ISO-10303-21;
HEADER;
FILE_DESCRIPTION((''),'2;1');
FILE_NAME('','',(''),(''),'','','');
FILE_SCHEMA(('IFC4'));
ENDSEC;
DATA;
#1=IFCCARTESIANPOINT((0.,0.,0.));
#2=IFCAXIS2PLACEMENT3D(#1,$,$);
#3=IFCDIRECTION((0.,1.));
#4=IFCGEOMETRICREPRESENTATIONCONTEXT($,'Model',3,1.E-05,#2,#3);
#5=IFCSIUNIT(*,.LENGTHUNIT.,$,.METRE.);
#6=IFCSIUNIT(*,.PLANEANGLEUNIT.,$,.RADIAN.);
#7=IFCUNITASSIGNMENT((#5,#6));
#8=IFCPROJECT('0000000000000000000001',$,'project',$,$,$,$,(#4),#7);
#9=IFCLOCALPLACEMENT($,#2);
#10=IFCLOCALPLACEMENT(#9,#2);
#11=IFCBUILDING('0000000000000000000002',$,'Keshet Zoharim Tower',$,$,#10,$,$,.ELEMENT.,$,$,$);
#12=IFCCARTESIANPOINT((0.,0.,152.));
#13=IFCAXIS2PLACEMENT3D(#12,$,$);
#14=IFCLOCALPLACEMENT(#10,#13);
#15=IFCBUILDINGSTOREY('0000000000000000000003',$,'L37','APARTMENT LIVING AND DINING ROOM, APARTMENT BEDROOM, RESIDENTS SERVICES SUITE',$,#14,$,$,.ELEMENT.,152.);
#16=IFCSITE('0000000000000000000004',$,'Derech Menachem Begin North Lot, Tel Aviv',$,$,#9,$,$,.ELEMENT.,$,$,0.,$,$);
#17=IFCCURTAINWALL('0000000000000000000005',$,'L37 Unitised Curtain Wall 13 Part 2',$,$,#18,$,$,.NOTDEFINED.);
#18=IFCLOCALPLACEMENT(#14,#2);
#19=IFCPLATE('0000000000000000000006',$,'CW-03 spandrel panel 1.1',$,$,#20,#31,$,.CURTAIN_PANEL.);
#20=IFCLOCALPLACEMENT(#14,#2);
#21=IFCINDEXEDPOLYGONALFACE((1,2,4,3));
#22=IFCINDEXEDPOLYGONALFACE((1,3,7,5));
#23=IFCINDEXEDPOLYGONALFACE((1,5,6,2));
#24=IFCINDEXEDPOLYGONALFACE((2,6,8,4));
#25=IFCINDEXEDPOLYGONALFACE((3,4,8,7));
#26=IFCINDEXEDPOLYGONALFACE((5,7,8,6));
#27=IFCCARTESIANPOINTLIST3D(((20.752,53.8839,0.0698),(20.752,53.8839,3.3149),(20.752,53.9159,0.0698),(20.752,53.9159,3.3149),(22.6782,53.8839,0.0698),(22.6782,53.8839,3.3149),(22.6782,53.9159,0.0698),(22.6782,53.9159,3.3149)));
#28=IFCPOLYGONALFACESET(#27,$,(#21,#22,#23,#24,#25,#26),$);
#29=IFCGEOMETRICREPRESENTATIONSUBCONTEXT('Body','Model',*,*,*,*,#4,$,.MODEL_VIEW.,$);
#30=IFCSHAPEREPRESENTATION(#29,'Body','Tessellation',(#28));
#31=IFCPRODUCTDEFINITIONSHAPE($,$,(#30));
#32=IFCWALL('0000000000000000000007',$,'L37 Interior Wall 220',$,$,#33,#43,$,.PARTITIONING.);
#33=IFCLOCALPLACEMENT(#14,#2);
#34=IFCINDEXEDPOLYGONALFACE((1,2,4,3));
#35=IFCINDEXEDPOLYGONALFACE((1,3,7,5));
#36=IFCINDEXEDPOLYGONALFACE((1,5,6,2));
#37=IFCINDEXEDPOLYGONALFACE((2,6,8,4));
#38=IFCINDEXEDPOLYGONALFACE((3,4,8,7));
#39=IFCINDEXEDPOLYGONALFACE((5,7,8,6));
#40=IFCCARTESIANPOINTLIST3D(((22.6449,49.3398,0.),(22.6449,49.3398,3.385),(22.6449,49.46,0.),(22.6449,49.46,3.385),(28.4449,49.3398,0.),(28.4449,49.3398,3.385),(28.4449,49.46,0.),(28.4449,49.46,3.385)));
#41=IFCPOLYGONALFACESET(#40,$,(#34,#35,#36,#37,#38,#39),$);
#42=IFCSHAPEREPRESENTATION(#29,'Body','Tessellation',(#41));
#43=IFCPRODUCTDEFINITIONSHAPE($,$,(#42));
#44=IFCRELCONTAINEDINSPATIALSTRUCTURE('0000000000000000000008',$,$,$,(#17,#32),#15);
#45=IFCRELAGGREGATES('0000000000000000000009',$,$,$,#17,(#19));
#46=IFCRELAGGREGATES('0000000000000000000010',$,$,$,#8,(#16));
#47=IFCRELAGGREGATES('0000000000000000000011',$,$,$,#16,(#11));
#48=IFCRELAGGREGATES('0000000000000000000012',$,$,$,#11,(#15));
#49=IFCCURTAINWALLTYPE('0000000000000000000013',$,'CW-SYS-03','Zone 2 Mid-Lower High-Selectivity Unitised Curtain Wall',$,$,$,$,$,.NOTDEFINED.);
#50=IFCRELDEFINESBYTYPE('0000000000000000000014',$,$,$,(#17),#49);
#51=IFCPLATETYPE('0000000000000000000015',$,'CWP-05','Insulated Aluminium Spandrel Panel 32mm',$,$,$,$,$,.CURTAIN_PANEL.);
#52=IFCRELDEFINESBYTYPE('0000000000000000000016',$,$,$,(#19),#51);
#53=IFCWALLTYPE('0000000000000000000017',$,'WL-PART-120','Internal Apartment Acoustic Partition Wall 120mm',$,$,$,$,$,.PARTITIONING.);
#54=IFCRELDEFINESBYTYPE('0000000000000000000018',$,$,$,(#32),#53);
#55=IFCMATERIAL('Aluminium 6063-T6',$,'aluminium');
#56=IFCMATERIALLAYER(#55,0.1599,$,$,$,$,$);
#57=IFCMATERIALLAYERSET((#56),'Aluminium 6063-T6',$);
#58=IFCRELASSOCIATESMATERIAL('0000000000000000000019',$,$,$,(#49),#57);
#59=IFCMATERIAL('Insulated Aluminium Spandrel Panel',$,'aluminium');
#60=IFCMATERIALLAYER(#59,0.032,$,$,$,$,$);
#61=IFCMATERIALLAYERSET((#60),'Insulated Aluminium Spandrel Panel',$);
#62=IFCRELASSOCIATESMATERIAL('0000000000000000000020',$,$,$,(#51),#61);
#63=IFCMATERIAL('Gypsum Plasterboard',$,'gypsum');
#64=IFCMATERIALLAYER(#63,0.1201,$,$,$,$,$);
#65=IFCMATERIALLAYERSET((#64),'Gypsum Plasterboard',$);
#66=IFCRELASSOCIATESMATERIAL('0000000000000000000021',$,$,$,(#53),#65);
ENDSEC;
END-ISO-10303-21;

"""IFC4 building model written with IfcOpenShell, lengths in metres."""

from ifc_helpers import new_model, si_unit, direction, frame, frame_2d, origin, origin_2d, place, context, subcontext, project, spatial, rectangle, extrude, material, layer, layer_set, type_object, element, aggregate, save


model = new_model("IFC4")

# Units and contexts
model_context = context("Model", 3, precision=1e-05, world=origin(), true_north=direction((0.0, 1.0)))
body_context = subcontext(model_context, "Body", "Model", "MODEL_VIEW")
ifc_project = project(units=[si_unit("LENGTHUNIT", "METRE"), si_unit("PLANEANGLEUNIT", "RADIAN")], contexts=[model_context])

# Site, building, storey
site_placement = place(None, origin())
site = spatial("IfcSite", under=ifc_project, at=site_placement, Name="Derech Menachem Begin North Lot, Tel Aviv", CompositionType="ELEMENT", RefElevation=0.0)
building_placement = place(site_placement, origin())
building = spatial("IfcBuilding", under=site, at=building_placement, Name="Keshet Zoharim Tower", CompositionType="ELEMENT")
storey_placement = place(building_placement, frame((0.0, 0.0, 152.0)))
storey = spatial("IfcBuildingStorey", under=building, at=storey_placement, Name="L37", Description="APARTMENT LIVING AND DINING ROOM, APARTMENT BEDROOM, RESIDENTS SERVICES SUITE", CompositionType="ELEMENT", Elevation=152.0)

# Shared definitions
ifc_material_1 = material(Name="Aluminium 6063-T6", Category="aluminium")
ifc_layer_1 = layer(ifc_material_1, 0.1599)
ifc_layer_set_1 = layer_set([ifc_layer_1], Name="Aluminium 6063-T6")
curtain_wall_type = type_object("IfcCurtainWallType", Name="CW-SYS-03", Description="Zone 2 Mid-Lower High-Selectivity Unitised Curtain Wall", PredefinedType="NOTDEFINED", material=ifc_layer_set_1)

# Curtain wall
curtain_wall_1_placement = place(storey_placement, origin())
curtain_wall_1 = element("IfcCurtainWall", 1, at=curtain_wall_1_placement, inside=storey, type_object=curtain_wall_type, Name="L37 Unitised Curtain Wall 13 Part 2", PredefinedType="NOTDEFINED")

# Plate
ifc_material_2 = material(Name="Insulated Aluminium Spandrel Panel", Category="aluminium")
ifc_layer_2 = layer(ifc_material_2, 0.032)
ifc_layer_set_2 = layer_set([ifc_layer_2], Name="Insulated Aluminium Spandrel Panel")
plate_type_1 = type_object("IfcPlateType", Name="CWP-05", Description="Insulated Aluminium Spandrel Panel 32mm", PredefinedType="CURTAIN_PANEL", material=ifc_layer_set_2)
plate_1_placement = place(storey_placement, frame((21.7151, 53.8999, 0.0698), z_axis=(0.0, 0.0, 1.0), x_axis=(1.0, 0.0, 0.0)))
plate_1 = element("IfcPlate", 2, at=plate_1_placement, type_object=plate_type_1, Name="CW-03 spandrel panel 1.1", PredefinedType="CURTAIN_PANEL", context=body_context, shape_type="SweptSolid", body=[
    extrude(rectangle(XDim=1.9263, YDim=0.032, at=origin_2d()), origin(), (0.0, 0.0, 1.0), 3.2451),
])
aggregate(curtain_wall_1, [plate_1])

# Wall
ifc_material_3 = material(Name="Gypsum Plasterboard", Category="gypsum")
ifc_layer_3 = layer(ifc_material_3, 0.1201)
ifc_layer_set_3 = layer_set([ifc_layer_3], Name="Gypsum Plasterboard")
wall_type = type_object("IfcWallType", Name="WL-PART-120", Description="Internal Apartment Acoustic Partition Wall 120mm", PredefinedType="PARTITIONING", material=ifc_layer_set_3)
wall_placement = place(storey_placement, frame((22.645, 49.3999, 0.0), z_axis=(0.0, 0.0, 1.0), x_axis=(1.0, 0.0, 0.0)))
element("IfcWall", 3, at=wall_placement, inside=storey, type_object=wall_type, Name="L37 Interior Wall 220", PredefinedType="PARTITIONING", context=body_context, shape_type="SweptSolid", body=[
    extrude(rectangle(XDim=5.8, YDim=0.1201, at=frame_2d((2.8999, 0.0))), origin(), (0.0, 0.0, 1.0), 3.385),
])

save(model, "model.ifc")
